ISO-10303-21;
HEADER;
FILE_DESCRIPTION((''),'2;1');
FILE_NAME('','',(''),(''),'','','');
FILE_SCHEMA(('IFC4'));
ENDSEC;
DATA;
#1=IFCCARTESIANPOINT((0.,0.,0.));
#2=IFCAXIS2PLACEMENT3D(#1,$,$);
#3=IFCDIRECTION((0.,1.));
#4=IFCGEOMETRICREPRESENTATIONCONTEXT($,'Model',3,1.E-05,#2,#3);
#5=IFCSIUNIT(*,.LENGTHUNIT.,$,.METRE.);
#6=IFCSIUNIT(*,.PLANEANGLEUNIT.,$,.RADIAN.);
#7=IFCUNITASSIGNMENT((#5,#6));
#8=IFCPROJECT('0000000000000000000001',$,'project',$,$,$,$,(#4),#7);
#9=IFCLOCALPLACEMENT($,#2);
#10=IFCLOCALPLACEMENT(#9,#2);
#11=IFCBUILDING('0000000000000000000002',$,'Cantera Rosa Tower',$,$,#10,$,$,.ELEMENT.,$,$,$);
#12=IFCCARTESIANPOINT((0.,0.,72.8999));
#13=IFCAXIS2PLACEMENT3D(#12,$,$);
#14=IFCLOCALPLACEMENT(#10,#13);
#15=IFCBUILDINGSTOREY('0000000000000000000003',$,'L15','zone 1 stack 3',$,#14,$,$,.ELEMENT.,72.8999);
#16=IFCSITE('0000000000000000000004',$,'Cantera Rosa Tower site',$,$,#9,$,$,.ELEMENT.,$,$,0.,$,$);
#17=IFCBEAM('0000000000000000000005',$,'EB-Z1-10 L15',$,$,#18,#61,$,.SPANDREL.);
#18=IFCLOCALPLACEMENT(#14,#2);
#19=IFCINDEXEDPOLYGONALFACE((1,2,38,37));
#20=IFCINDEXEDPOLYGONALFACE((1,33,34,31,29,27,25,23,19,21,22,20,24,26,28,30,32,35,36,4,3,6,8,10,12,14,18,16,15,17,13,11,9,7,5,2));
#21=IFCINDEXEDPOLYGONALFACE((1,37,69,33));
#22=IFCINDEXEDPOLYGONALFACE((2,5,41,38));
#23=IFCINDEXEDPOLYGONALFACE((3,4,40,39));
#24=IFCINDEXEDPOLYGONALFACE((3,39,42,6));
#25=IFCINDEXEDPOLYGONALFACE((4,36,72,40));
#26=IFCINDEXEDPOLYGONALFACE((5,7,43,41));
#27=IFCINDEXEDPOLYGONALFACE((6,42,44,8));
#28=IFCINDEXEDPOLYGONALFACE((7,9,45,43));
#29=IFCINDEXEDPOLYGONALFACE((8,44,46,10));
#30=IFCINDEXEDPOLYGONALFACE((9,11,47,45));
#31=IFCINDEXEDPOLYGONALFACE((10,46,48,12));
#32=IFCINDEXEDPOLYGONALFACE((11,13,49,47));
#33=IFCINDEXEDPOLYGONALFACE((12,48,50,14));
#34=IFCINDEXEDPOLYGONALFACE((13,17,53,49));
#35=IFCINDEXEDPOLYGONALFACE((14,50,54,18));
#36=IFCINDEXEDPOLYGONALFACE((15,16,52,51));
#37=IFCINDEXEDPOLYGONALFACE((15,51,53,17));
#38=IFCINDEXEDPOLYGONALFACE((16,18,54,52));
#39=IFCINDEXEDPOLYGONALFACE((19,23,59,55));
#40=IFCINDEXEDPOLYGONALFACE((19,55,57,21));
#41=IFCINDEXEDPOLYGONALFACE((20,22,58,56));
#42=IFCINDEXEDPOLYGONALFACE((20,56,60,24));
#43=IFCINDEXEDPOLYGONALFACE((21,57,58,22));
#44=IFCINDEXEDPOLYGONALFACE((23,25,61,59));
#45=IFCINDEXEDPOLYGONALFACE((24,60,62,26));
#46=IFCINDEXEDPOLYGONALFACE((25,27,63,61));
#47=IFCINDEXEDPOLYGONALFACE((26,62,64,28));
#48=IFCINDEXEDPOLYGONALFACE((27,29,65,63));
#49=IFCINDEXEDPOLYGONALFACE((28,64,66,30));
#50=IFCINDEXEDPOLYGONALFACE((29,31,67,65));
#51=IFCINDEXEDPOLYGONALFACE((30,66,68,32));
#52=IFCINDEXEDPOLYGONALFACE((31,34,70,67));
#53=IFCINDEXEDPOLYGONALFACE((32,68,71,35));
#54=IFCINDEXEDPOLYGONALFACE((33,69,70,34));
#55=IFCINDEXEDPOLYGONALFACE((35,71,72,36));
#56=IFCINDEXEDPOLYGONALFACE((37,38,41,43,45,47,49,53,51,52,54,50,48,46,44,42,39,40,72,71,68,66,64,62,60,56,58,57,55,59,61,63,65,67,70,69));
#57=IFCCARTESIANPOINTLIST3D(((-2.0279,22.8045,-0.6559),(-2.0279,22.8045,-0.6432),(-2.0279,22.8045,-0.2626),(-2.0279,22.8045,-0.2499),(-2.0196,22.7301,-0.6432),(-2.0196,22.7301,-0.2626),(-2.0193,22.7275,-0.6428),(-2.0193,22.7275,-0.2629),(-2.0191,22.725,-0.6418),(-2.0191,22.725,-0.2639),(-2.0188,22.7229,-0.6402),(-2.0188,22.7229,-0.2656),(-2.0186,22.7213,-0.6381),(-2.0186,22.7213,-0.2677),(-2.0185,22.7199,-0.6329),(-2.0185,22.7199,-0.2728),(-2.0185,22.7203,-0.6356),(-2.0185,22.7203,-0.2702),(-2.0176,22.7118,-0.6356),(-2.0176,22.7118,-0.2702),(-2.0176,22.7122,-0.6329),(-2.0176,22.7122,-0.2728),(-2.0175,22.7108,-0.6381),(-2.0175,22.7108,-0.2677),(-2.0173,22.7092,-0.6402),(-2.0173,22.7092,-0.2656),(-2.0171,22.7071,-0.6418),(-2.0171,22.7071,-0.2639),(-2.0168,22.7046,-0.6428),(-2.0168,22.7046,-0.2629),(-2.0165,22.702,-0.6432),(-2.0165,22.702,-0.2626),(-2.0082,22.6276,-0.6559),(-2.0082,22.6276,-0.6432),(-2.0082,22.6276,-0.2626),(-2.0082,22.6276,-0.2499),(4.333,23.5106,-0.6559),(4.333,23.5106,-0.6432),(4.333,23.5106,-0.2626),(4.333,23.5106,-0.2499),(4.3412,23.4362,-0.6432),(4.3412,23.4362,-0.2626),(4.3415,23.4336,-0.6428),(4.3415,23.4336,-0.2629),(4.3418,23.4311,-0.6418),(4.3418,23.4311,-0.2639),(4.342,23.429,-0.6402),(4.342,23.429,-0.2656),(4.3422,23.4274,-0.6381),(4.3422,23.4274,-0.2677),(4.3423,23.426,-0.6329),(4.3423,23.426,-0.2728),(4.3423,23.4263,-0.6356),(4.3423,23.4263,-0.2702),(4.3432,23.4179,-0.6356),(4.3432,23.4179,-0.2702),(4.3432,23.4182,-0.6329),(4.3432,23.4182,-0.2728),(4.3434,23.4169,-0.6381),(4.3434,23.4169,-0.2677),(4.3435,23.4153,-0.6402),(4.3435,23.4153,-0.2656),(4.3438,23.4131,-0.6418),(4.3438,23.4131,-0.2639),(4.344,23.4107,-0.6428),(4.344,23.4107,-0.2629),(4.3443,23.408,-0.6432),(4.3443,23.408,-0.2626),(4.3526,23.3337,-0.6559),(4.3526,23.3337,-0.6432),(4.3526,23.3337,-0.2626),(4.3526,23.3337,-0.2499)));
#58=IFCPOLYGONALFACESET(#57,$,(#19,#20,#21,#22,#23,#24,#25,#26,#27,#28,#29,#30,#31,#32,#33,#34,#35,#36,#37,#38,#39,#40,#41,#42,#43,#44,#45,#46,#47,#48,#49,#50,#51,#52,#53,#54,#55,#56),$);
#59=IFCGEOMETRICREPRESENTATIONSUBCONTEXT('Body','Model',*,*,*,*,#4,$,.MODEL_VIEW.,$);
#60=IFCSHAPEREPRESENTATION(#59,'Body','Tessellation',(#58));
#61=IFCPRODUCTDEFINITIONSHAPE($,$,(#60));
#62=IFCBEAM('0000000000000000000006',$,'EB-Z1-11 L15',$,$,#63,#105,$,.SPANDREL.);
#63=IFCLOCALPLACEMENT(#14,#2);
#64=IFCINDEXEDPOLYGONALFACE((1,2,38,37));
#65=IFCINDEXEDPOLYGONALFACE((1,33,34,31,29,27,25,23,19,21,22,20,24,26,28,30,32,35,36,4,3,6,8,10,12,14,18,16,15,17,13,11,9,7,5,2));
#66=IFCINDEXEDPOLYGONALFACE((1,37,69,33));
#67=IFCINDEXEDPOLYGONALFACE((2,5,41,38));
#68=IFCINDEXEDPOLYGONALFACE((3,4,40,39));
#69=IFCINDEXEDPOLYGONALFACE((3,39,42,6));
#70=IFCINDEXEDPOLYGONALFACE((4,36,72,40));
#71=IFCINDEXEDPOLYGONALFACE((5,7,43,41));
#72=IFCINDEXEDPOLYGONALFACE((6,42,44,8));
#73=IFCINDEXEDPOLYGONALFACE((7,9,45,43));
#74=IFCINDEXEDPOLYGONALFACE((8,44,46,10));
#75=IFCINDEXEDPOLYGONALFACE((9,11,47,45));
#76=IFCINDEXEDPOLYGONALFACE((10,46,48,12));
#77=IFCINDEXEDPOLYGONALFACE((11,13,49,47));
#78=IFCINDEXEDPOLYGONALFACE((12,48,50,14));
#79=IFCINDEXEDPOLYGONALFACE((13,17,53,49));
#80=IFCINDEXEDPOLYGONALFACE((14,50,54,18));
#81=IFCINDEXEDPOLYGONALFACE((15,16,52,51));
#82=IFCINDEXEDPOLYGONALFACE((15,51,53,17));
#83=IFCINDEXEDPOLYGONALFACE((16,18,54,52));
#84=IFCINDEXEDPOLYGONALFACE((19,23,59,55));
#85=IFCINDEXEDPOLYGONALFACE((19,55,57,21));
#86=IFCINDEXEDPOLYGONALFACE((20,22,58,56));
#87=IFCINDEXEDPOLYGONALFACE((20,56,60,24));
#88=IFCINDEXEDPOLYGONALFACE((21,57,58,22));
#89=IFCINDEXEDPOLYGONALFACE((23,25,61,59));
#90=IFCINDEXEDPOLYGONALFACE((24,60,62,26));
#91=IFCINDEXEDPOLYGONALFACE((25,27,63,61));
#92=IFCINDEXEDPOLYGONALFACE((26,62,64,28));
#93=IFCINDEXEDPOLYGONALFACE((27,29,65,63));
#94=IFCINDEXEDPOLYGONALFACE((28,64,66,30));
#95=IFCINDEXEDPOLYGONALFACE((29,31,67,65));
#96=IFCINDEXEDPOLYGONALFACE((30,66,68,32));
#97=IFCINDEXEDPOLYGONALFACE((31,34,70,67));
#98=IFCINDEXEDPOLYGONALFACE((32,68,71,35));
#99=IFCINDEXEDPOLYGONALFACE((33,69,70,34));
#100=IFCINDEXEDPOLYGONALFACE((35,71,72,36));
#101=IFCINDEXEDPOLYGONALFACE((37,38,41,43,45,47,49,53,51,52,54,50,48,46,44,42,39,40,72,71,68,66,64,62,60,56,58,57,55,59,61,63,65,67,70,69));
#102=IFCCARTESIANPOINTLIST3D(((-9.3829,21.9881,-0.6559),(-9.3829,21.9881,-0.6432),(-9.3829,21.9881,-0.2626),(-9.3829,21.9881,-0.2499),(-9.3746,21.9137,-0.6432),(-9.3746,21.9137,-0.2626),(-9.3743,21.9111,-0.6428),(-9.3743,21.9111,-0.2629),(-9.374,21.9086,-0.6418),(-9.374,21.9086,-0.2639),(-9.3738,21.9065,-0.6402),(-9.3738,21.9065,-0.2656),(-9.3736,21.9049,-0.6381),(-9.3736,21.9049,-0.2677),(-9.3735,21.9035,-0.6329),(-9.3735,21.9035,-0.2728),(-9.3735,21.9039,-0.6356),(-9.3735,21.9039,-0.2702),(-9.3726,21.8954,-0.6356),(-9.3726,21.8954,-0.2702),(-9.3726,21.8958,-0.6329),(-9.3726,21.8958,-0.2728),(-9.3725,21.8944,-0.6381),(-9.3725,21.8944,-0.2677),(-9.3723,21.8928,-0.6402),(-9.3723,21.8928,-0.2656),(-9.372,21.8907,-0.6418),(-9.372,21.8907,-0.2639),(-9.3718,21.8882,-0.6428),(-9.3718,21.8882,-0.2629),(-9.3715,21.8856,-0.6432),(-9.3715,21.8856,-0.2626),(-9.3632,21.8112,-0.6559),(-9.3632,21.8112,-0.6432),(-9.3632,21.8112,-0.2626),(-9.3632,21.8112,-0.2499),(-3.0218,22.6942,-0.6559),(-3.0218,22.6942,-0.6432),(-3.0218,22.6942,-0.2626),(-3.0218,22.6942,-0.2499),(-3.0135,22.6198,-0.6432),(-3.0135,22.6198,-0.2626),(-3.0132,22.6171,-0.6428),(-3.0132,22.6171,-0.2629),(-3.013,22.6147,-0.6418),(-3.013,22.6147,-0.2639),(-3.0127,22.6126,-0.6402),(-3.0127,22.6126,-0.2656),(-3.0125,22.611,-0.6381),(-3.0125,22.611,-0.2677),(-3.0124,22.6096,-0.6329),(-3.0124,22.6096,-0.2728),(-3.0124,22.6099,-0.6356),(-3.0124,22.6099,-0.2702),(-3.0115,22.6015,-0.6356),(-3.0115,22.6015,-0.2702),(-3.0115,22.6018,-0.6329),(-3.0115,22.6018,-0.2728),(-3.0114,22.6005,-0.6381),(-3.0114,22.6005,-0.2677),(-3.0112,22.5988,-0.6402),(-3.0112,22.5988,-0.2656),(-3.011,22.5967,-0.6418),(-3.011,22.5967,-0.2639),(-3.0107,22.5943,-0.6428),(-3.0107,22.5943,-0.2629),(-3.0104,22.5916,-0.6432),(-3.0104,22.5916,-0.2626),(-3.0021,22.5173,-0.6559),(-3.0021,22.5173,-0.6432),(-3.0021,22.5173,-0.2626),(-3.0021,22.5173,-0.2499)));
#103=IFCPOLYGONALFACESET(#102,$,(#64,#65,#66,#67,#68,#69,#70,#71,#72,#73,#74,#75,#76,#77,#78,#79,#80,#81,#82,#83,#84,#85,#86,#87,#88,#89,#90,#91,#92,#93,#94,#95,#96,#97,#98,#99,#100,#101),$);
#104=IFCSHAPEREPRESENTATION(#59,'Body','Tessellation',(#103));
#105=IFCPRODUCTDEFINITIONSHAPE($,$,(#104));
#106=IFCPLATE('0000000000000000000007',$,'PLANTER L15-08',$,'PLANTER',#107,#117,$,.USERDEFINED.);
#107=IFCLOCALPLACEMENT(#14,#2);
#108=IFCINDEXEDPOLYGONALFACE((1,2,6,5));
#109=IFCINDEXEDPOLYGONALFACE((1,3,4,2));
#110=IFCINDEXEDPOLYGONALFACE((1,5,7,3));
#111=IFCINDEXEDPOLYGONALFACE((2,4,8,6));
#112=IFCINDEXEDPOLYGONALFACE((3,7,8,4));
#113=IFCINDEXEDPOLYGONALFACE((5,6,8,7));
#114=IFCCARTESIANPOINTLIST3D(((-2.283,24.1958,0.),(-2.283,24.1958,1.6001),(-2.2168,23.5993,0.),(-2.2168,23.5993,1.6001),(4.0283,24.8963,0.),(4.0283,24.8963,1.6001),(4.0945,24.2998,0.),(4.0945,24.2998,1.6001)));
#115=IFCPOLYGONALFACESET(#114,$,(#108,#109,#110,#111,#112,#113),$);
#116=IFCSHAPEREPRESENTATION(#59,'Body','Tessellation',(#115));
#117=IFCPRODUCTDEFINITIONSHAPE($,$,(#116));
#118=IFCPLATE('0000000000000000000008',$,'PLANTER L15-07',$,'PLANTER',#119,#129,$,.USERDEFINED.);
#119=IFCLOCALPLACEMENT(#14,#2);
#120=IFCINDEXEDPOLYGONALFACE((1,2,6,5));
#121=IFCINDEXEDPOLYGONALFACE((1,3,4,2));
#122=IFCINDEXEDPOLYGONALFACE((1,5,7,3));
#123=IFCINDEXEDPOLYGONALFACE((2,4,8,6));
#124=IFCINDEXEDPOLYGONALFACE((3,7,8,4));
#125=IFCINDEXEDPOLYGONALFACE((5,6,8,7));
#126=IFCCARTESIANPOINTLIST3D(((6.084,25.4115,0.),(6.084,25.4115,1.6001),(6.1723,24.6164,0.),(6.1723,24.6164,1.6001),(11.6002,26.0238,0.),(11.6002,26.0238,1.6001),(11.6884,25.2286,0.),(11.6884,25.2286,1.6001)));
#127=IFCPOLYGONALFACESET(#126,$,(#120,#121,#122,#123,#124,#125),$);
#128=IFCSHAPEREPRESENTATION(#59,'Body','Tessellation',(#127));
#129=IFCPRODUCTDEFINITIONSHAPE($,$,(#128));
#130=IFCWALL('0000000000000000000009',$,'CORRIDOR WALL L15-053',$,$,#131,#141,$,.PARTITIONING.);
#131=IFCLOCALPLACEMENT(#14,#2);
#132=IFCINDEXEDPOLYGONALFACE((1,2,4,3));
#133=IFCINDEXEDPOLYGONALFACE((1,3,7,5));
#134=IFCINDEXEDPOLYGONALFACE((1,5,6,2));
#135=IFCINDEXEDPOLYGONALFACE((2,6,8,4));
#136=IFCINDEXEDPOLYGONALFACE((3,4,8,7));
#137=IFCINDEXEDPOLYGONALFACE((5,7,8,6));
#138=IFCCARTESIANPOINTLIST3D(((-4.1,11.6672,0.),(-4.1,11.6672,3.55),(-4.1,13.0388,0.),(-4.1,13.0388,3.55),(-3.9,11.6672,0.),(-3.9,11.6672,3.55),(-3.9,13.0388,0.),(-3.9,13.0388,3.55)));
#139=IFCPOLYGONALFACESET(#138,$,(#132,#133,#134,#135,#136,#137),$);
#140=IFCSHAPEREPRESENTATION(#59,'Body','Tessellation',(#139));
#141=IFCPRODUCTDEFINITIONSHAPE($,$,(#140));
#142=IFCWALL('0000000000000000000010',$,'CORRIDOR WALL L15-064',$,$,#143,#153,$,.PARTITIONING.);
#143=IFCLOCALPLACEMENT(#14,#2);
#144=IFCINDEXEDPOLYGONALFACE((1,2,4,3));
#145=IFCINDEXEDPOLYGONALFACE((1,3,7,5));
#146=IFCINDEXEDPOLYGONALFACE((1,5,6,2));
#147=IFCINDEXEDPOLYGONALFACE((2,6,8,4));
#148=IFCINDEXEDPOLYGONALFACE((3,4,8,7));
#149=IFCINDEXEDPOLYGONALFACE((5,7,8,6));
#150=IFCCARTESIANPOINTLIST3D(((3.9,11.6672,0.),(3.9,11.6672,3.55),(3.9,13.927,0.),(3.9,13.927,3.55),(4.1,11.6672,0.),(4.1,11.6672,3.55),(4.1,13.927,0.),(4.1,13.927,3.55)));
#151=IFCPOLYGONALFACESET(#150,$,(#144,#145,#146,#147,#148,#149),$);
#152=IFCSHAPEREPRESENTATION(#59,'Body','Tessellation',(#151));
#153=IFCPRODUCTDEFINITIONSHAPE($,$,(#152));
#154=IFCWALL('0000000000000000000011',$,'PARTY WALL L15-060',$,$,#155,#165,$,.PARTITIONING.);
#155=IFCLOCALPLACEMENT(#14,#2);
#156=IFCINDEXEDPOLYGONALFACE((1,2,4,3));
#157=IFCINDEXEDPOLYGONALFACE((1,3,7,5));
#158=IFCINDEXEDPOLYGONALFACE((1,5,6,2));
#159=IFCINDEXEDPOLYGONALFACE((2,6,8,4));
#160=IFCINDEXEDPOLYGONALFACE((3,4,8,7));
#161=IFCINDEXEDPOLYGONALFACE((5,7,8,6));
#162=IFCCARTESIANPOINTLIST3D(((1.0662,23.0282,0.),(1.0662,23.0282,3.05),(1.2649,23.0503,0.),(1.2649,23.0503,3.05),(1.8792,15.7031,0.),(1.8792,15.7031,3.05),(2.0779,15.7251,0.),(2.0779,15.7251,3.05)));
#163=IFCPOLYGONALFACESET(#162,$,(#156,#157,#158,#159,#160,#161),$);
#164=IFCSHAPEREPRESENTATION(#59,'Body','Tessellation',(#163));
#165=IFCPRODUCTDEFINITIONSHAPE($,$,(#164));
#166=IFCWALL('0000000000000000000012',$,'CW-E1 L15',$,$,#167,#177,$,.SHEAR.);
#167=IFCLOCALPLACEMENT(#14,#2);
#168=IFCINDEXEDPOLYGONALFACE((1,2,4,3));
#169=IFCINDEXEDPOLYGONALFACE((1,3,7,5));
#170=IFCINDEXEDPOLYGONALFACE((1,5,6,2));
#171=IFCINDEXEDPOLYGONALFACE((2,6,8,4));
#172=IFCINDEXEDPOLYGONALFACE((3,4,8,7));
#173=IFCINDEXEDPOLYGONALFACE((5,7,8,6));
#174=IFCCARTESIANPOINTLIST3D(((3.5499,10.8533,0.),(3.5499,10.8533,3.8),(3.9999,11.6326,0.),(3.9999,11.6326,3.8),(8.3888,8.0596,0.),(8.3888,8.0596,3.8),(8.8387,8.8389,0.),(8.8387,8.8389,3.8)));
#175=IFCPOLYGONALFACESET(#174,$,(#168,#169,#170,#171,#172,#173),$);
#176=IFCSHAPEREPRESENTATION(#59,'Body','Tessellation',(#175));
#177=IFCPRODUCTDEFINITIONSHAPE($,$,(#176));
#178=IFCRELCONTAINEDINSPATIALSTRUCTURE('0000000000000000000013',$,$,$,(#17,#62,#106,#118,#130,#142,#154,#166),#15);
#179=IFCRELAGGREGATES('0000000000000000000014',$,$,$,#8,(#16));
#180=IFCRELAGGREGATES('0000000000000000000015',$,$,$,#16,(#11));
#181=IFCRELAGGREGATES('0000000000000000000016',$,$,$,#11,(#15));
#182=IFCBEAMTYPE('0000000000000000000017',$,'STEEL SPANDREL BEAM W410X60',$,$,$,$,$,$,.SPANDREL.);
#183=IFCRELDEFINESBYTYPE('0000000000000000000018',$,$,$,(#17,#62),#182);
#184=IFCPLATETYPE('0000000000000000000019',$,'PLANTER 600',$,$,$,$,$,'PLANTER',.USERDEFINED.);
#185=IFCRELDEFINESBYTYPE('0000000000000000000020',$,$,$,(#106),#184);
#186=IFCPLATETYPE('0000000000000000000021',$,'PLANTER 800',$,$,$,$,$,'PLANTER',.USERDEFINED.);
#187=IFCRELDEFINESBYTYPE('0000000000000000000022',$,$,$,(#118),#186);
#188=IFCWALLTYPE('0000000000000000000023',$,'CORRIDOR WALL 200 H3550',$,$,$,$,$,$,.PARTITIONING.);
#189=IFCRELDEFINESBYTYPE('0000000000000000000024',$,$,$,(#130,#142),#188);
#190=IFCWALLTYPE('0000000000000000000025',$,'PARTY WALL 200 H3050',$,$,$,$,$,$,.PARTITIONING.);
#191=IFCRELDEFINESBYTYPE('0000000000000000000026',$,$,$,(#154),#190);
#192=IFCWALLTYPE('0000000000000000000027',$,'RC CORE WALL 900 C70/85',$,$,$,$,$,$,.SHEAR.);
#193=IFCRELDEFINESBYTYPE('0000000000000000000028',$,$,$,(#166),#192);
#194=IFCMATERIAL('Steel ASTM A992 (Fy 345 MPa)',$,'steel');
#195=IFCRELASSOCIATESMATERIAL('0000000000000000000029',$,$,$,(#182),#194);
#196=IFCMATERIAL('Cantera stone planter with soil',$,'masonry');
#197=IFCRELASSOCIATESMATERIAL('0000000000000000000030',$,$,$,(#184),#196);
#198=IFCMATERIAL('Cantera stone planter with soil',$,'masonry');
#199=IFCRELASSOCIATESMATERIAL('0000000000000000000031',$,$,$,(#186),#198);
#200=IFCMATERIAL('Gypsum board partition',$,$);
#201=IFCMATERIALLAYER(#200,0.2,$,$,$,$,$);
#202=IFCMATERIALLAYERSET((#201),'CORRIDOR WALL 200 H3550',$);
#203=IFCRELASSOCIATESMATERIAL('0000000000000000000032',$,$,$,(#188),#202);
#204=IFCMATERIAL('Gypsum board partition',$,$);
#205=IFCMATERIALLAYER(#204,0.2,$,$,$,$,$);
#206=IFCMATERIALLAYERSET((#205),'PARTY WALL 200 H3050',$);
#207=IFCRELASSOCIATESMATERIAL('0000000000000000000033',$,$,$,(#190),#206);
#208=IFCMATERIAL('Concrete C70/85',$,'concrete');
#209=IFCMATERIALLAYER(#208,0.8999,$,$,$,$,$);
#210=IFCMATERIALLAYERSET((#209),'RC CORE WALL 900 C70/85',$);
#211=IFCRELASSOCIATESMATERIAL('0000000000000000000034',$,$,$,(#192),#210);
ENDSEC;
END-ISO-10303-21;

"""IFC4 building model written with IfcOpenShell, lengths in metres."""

from ifc_helpers import new_model, si_unit, direction, frame, frame_2d, origin, origin_2d, place, context, subcontext, project, spatial, rectangle, i_section, extrude, material, layer, layer_set, material_profile, profile_set, type_object, element, save


model = new_model("IFC4")

# Units and contexts
model_context = context("Model", 3, precision=1e-05, world=origin(), true_north=direction((0.0, 1.0)))
body_context = subcontext(model_context, "Body", "Model", "MODEL_VIEW")
ifc_project = project(units=[si_unit("LENGTHUNIT", "METRE"), si_unit("PLANEANGLEUNIT", "RADIAN")], contexts=[model_context])

# Site, building, storey
site_placement = place(None, origin())
site = spatial("IfcSite", under=ifc_project, at=site_placement, Name="Cantera Rosa Tower site", CompositionType="ELEMENT", RefElevation=0.0)
building_placement = place(site_placement, origin())
building = spatial("IfcBuilding", under=site, at=building_placement, Name="Cantera Rosa Tower", CompositionType="ELEMENT")
storey_placement = place(building_placement, frame((0.0, 0.0, 72.8999)))
storey = spatial("IfcBuildingStorey", under=building, at=storey_placement, Name="L15", Description="zone 1 stack 3", CompositionType="ELEMENT", Elevation=72.8999)

# Beams
ifc_material_1 = material(Name="Steel ASTM A992 (Fy 345 MPa)", Category="steel")
ifc_material_profile_1 = material_profile(ifc_material_1, i_section(OverallWidth=0.178, OverallDepth=0.406, WebThickness=0.0078, FlangeThickness=0.0127, FilletRadius=0.0103, at=origin_2d()), Name="W410X60")
ifc_profile_set_1 = profile_set([ifc_material_profile_1], Name="Steel ASTM A992 (Fy 345 MPa)")
beam_type_1 = type_object("IfcBeamType", Name="STEEL SPANDREL BEAM W410X60", PredefinedType="SPANDREL", material=ifc_profile_set_1)
for number, where, z_axis, x_axis, name in (
    (1, (4.3428, 23.4221, -0.4529), (-0.993896, -0.110323, 0.0), (0.110323, -0.993896, 0.0), "EB-Z1-10 L15"),
):
    element("IfcBeam", number, at=place(storey_placement, frame(where, z_axis=z_axis, x_axis=x_axis)), inside=storey, type_object=beam_type_1, Name=name, PredefinedType="SPANDREL", context=body_context, shape_type="SweptSolid", body=[
        extrude(i_section(OverallWidth=0.178, OverallDepth=0.406, WebThickness=0.0078, FlangeThickness=0.0127, FilletRadius=0.0103, at=origin_2d()), origin(), (0.0, 0.0, 1.0), 6.3999),
    ])
beam_1_placement = place(storey_placement, frame((-3.012, 22.6057, -0.4529), z_axis=(-0.993896, -0.110318, 0.0), x_axis=(0.110318, -0.993896, 0.0)))
element("IfcBeam", 2, at=beam_1_placement, inside=storey, type_object=beam_type_1, Name="EB-Z1-11 L15", PredefinedType="SPANDREL", context=body_context, shape_type="SweptSolid", body=[
    extrude(i_section(OverallWidth=0.178, OverallDepth=0.406, WebThickness=0.0078, FlangeThickness=0.0127, FilletRadius=0.0103, at=origin_2d()), origin(), (0.0, 0.0, 1.0), 6.4001),
])

# Plates
ifc_material_2 = material(Name="Cantera stone planter with soil", Category="masonry")
plate_type_1 = type_object("IfcPlateType", Name="PLANTER 600", ElementType="PLANTER", PredefinedType="USERDEFINED", material=ifc_material_2)
plate_1_placement = place(storey_placement, frame((0.9058, 24.2478, 0.0), z_axis=(0.0, 0.0, 1.0), x_axis=(-0.993897, -0.110313, 0.0)))
element("IfcPlate", 3, at=plate_1_placement, inside=storey, type_object=plate_type_1, Name="PLANTER L15-08", ObjectType="PLANTER", PredefinedType="USERDEFINED", context=body_context, shape_type="SweptSolid", body=[
    extrude(rectangle(XDim=6.3501, YDim=0.6001, at=origin_2d()), origin(), (0.0, 0.0, 1.0), 1.6001),
])
ifc_material_3 = material(Name="Cantera stone planter with soil", Category="masonry")
plate_type_2 = type_object("IfcPlateType", Name="PLANTER 800", ElementType="PLANTER", PredefinedType="USERDEFINED", material=ifc_material_3)
plate_2_placement = place(storey_placement, frame((8.8862, 25.3201, 0.0), z_axis=(0.0, 0.0, 1.0), x_axis=(-0.993897, -0.110313, 0.0)))
element("IfcPlate", 4, at=plate_2_placement, inside=storey, type_object=plate_type_2, Name="PLANTER L15-07", ObjectType="PLANTER", PredefinedType="USERDEFINED", context=body_context, shape_type="SweptSolid", body=[
    extrude(rectangle(XDim=5.55, YDim=0.8, at=origin_2d()), origin(), (0.0, 0.0, 1.0), 1.6001),
])

# Walls
ifc_material_4 = material(Name="Gypsum board partition")
ifc_layer_1 = layer(ifc_material_4, 0.2)
ifc_layer_set_1 = layer_set([ifc_layer_1], Name="CORRIDOR WALL 200 H3550")
wall_type_1 = type_object("IfcWallType", Name="CORRIDOR WALL 200 H3550", PredefinedType="PARTITIONING", material=ifc_layer_set_1)
wall_1_placement = place(storey_placement, frame((-4.0, 13.0388, 0.0), z_axis=(0.0, 0.0, 1.0), x_axis=(0.0, -1.0, 0.0)))
element("IfcWall", 5, at=wall_1_placement, inside=storey, type_object=wall_type_1, Name="CORRIDOR WALL L15-053", PredefinedType="PARTITIONING", context=body_context, shape_type="SweptSolid", body=[
    extrude(rectangle(XDim=1.3716, YDim=0.2, at=frame_2d((0.6858, 0.0))), origin(), (0.0, 0.0, 1.0), 3.55),
])
wall_2_placement = place(storey_placement, frame((4.0, 11.6672, 0.0), z_axis=(0.0, 0.0, 1.0), x_axis=(0.0, 1.0, 0.0)))
element("IfcWall", 6, at=wall_2_placement, inside=storey, type_object=wall_type_1, Name="CORRIDOR WALL L15-064", PredefinedType="PARTITIONING", context=body_context, shape_type="SweptSolid", body=[
    extrude(rectangle(XDim=2.2598, YDim=0.2, at=frame_2d((1.1299, 0.0))), origin(), (0.0, 0.0, 1.0), 3.55),
])

# Walls
ifc_material_5 = material(Name="Gypsum board partition")
ifc_layer_2 = layer(ifc_material_5, 0.2)
ifc_layer_set_2 = layer_set([ifc_layer_2], Name="PARTY WALL 200 H3050")
wall_type_2 = type_object("IfcWallType", Name="PARTY WALL 200 H3050", PredefinedType="PARTITIONING", material=ifc_layer_set_2)
wall_3_placement = place(storey_placement, frame((1.9785, 15.7141, 0.0), z_axis=(0.0, 0.0, 1.0), x_axis=(-0.110308, 0.993897, 0.0)))
element("IfcWall", 7, at=wall_3_placement, inside=storey, type_object=wall_type_2, Name="PARTY WALL L15-060", PredefinedType="PARTITIONING", context=body_context, shape_type="SweptSolid", body=[
    extrude(rectangle(XDim=7.3701, YDim=0.2, at=frame_2d((3.6851, 0.0))), origin(), (0.0, 0.0, 1.0), 3.05),
])
ifc_material_6 = material(Name="Concrete C70/85", Category="concrete")
ifc_layer_3 = layer(ifc_material_6, 0.8999)
ifc_layer_set_3 = layer_set([ifc_layer_3], Name="RC CORE WALL 900 C70/85")
wall_type_3 = type_object("IfcWallType", Name="RC CORE WALL 900 C70/85", PredefinedType="SHEAR", material=ifc_layer_set_3)
wall_4_placement = place(storey_placement, frame((3.7749, 11.2429, 0.0), z_axis=(0.0, 0.0, 1.0), x_axis=(0.866027, -0.499997, 0.0)))
element("IfcWall", 8, at=wall_4_placement, inside=storey, type_object=wall_type_3, Name="CW-E1 L15", PredefinedType="SHEAR", context=body_context, shape_type="SweptSolid", body=[
    extrude(rectangle(XDim=5.5874, YDim=0.8999, at=frame_2d((2.7937, 0.0))), origin(), (0.0, 0.0, 1.0), 3.8),
])

save(model, "model.ifc")
